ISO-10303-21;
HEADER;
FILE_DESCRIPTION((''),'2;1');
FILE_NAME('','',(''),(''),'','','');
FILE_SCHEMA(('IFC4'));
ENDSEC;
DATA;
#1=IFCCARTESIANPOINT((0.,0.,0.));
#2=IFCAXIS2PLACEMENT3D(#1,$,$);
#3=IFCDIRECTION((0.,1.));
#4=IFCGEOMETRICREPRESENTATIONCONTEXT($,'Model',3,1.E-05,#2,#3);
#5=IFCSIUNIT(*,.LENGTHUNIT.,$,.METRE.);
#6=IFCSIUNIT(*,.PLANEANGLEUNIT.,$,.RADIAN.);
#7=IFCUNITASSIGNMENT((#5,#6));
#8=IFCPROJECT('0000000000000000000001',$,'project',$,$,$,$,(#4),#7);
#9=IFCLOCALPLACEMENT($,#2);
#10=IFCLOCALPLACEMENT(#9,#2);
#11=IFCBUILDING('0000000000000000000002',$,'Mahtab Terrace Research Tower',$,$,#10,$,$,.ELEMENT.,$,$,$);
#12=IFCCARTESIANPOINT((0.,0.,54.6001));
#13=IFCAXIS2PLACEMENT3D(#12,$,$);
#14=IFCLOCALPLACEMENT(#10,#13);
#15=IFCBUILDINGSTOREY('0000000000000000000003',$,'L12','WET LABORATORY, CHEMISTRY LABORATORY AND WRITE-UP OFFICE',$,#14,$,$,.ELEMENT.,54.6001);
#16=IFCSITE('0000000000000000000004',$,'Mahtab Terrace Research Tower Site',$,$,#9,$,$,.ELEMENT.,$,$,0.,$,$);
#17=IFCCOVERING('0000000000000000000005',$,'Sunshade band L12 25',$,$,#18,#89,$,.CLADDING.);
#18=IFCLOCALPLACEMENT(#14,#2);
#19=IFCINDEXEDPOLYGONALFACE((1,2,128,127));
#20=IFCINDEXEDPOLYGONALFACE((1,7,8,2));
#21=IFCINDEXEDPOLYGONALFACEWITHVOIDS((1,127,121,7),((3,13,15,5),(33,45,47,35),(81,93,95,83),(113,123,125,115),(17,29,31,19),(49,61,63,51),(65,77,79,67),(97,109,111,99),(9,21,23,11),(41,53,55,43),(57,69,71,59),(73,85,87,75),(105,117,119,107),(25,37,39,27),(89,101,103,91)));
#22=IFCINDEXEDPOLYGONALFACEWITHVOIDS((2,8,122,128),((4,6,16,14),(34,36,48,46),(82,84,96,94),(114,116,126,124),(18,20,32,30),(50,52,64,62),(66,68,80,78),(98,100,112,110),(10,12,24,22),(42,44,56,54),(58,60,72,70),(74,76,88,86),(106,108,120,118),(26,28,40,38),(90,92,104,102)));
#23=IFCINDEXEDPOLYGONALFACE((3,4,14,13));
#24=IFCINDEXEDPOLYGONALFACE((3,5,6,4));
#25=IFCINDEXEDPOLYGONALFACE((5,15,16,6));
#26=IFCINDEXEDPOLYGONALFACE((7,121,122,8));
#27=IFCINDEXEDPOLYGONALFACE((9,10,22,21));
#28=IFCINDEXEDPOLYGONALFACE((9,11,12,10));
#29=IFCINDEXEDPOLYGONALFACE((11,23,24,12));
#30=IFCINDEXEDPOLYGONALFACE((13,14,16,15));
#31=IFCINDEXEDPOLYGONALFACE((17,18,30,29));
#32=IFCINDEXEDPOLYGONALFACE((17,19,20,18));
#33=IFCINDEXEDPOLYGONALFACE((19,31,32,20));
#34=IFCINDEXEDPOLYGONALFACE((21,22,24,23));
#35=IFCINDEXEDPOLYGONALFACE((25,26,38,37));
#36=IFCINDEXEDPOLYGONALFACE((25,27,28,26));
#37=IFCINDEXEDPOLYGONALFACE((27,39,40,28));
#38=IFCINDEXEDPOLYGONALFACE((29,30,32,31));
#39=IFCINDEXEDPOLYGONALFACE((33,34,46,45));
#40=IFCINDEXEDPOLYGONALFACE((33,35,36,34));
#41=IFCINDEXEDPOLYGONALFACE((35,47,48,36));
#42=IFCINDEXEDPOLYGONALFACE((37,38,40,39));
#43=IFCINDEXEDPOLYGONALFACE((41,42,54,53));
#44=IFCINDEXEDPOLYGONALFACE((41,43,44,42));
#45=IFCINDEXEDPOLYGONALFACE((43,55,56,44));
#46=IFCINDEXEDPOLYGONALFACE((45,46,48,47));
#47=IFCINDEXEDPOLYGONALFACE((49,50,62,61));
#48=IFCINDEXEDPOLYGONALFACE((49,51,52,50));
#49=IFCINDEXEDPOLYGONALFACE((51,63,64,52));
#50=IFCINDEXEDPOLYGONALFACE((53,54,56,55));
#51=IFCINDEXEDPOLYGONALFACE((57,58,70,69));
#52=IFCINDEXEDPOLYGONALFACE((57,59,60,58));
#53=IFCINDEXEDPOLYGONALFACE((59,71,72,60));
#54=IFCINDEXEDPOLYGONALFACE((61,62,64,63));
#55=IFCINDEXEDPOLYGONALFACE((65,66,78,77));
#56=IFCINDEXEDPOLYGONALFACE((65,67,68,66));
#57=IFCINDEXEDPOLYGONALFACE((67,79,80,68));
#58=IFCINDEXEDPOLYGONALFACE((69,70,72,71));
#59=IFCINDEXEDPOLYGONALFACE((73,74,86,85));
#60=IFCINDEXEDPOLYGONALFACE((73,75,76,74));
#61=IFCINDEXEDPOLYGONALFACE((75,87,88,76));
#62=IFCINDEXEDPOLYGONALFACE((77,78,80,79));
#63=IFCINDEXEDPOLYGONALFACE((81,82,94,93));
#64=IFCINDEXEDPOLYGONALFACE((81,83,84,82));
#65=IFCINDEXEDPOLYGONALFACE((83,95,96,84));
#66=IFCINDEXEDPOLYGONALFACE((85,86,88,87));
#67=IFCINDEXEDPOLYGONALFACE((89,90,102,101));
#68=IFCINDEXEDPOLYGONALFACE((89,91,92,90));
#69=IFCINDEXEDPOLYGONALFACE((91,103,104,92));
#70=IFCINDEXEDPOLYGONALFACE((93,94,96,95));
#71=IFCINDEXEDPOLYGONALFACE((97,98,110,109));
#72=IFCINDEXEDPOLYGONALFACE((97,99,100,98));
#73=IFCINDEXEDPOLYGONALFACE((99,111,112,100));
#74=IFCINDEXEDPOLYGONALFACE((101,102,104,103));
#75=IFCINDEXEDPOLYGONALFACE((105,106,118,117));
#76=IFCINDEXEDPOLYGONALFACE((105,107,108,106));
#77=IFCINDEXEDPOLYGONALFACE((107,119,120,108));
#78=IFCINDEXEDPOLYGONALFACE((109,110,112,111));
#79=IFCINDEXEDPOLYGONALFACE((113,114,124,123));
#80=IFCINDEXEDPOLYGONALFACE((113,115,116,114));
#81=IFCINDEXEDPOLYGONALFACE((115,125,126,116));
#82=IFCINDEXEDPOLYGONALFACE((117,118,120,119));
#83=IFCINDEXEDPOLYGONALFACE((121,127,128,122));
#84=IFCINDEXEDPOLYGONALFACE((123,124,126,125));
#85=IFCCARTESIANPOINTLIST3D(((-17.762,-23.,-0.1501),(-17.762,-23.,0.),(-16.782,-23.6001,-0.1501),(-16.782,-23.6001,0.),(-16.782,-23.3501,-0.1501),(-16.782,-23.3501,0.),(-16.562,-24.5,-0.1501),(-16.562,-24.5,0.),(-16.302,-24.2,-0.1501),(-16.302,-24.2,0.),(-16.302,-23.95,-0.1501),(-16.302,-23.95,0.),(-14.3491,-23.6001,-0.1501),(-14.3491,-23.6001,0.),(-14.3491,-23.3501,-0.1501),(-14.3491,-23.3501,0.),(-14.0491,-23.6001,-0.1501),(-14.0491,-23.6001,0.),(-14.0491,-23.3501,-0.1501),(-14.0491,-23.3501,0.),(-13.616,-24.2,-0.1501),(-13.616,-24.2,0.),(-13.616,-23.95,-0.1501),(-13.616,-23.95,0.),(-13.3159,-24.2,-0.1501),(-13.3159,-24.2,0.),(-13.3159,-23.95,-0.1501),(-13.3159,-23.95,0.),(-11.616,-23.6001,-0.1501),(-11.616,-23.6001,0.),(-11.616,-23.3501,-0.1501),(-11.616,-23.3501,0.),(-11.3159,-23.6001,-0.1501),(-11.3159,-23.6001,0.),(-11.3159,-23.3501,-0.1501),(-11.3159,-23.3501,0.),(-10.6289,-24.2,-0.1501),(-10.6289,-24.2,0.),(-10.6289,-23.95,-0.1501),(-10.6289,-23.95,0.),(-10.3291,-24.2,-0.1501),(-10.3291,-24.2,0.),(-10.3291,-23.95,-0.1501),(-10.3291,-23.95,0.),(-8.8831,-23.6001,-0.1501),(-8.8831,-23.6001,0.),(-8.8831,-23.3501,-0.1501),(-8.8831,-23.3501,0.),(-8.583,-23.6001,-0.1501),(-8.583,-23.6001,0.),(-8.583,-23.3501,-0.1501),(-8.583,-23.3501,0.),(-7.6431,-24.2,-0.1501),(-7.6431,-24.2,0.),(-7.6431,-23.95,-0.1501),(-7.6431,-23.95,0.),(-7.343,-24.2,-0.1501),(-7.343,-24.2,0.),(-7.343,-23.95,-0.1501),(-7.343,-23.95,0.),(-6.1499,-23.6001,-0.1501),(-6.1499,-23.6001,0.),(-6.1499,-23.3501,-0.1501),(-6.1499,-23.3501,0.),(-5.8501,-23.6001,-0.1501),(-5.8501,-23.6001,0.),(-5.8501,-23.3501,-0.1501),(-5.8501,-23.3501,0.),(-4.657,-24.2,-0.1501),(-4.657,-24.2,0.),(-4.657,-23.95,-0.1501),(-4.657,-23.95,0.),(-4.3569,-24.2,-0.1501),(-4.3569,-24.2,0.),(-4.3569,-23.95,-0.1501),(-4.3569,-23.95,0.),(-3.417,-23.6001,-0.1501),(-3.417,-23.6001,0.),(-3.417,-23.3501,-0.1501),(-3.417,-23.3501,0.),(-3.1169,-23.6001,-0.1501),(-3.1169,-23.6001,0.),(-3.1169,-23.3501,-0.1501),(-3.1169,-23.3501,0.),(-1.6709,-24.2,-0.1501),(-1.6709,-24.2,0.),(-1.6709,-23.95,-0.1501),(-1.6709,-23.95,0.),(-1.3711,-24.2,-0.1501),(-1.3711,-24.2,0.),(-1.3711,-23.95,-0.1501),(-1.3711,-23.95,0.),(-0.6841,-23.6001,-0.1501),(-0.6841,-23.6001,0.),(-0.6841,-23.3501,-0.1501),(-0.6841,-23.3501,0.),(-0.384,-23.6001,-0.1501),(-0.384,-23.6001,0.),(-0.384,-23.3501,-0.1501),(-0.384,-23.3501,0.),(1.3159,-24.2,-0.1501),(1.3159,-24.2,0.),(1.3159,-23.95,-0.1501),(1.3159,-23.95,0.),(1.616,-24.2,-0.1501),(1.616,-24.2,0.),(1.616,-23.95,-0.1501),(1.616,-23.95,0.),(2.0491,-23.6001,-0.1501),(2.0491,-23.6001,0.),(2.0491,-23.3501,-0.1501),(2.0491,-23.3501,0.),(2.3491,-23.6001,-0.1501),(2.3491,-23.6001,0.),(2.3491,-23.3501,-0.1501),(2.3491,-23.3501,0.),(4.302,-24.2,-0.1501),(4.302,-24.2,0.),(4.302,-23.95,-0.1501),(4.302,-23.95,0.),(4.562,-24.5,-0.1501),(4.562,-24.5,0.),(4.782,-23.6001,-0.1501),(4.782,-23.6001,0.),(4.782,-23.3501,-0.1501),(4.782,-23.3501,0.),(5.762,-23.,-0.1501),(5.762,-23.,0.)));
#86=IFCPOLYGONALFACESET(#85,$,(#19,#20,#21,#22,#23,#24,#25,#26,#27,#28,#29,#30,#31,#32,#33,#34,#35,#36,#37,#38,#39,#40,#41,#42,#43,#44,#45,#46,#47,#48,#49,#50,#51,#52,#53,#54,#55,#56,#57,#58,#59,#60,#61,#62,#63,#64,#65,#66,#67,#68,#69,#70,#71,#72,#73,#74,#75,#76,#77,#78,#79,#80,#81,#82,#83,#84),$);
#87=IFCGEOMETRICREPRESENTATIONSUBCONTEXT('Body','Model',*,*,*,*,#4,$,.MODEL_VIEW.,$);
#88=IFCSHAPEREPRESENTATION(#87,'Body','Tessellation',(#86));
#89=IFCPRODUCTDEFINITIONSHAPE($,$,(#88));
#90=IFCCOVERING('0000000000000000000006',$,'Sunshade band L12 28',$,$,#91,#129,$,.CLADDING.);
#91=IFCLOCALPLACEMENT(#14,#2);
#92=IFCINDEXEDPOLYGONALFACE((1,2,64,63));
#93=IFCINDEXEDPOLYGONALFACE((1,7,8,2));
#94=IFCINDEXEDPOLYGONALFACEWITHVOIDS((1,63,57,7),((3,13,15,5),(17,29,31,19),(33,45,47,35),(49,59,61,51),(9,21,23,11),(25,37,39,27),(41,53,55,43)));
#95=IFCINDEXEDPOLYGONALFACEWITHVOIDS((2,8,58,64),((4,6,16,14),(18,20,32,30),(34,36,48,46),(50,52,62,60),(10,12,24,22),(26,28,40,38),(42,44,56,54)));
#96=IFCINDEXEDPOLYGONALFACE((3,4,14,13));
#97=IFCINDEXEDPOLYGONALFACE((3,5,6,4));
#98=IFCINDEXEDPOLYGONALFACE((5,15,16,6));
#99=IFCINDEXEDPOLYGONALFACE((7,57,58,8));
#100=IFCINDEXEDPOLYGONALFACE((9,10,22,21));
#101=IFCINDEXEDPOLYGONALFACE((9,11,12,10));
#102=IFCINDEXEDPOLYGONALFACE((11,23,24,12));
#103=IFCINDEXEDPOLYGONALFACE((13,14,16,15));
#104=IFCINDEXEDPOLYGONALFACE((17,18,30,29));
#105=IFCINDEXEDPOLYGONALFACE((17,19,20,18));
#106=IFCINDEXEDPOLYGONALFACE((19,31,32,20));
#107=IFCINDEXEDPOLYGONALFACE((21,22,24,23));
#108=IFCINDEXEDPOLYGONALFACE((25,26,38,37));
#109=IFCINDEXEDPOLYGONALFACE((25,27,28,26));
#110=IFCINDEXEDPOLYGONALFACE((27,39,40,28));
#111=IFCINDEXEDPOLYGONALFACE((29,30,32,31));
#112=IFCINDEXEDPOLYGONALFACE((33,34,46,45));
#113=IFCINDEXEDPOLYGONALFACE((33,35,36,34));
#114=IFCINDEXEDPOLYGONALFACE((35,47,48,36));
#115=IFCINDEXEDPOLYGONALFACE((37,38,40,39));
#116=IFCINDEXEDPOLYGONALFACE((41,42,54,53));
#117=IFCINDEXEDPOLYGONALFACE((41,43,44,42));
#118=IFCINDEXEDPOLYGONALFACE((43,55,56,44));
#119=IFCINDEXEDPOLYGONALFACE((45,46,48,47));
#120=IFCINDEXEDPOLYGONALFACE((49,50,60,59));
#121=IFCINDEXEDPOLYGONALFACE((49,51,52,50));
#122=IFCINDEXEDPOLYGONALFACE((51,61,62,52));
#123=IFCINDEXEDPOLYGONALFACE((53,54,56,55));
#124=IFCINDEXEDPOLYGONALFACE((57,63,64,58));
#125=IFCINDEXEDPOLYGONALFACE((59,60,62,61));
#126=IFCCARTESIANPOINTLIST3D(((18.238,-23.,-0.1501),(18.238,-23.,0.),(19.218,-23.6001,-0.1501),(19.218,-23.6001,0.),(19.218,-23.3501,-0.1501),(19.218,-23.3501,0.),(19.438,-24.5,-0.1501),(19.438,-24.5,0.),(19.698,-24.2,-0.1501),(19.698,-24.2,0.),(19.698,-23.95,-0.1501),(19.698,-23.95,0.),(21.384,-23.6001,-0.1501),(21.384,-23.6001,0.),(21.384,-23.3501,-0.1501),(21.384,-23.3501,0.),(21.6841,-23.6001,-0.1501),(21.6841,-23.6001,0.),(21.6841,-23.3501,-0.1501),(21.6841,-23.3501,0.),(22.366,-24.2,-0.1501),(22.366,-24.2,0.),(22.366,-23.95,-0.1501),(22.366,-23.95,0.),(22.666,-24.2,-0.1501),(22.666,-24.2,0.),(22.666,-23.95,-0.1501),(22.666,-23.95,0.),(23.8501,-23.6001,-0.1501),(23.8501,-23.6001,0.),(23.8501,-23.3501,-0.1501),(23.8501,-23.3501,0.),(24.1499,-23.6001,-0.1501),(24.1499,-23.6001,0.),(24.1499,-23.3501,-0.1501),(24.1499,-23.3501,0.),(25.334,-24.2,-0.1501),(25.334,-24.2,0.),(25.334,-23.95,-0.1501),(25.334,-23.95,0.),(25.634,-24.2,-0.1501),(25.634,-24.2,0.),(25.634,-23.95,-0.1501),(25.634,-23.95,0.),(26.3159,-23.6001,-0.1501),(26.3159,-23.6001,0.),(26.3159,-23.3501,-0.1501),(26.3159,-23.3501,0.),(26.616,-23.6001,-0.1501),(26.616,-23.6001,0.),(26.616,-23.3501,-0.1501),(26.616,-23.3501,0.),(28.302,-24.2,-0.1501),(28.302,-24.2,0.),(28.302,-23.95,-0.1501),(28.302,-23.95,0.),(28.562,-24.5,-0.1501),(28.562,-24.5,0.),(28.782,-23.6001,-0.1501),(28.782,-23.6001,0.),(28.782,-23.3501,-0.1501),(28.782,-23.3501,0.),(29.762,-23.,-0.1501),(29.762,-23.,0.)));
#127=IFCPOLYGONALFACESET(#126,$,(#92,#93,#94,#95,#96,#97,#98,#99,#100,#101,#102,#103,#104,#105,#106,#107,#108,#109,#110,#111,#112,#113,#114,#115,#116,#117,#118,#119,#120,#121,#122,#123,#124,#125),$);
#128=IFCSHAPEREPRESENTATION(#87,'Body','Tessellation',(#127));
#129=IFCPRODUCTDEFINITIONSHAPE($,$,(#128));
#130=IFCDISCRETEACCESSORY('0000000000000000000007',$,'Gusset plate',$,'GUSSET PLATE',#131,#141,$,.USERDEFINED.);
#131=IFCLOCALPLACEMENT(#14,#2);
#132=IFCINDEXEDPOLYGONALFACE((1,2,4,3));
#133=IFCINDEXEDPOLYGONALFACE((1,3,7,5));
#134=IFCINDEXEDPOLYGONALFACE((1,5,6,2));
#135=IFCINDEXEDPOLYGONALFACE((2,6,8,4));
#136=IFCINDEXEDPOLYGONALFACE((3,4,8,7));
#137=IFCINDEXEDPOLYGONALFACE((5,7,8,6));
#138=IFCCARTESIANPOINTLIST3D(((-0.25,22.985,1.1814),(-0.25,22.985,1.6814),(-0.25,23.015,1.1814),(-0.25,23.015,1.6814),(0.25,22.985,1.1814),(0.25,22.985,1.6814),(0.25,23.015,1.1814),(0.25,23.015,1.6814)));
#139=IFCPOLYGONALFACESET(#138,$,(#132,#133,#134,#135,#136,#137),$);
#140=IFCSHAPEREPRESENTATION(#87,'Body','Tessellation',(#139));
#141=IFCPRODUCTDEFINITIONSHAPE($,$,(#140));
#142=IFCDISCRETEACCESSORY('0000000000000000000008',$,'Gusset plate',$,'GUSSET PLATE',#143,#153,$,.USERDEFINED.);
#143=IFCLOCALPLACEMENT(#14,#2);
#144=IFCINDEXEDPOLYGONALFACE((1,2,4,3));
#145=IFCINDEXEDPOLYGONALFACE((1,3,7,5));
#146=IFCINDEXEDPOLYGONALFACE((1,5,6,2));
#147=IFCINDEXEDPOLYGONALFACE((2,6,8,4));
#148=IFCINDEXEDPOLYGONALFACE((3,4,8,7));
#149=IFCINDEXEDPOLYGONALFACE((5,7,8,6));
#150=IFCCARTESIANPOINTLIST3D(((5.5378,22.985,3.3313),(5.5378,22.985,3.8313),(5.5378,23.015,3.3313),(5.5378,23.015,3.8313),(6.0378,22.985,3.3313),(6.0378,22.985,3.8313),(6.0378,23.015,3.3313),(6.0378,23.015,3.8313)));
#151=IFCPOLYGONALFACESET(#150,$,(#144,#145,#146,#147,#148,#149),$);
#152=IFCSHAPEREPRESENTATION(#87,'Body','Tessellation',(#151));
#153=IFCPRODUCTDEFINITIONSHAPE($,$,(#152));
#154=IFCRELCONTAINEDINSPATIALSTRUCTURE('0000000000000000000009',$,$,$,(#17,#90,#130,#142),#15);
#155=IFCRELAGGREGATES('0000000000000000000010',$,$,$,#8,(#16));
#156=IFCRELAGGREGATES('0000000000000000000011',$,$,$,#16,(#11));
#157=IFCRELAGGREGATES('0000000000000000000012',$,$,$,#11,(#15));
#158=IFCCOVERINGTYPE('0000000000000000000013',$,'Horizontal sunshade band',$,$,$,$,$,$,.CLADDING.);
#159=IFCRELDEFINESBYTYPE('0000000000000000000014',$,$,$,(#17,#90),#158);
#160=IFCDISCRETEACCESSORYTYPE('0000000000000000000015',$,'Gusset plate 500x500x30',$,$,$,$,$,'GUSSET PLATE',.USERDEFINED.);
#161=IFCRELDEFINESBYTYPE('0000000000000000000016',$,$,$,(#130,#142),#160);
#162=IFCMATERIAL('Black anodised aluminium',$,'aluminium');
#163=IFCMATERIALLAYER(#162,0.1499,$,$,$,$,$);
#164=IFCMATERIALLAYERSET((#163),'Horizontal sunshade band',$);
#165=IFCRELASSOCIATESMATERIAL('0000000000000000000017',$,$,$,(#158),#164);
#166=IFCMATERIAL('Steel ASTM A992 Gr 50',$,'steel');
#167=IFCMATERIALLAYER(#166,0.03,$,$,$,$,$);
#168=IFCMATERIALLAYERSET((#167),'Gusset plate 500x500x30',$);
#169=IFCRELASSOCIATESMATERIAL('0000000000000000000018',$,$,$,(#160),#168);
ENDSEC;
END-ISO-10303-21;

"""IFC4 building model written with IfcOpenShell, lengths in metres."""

from ifc_helpers import new_model, si_unit, direction, frame, origin, origin_2d, place, context, subcontext, project, spatial, polyline, rectangle, outline, extrude, material, layer, layer_set, type_object, element, save


model = new_model("IFC4")

# Units and contexts
model_context = context("Model", 3, precision=1e-05, world=origin(), true_north=direction((0.0, 1.0)))
body_context = subcontext(model_context, "Body", "Model", "MODEL_VIEW")
ifc_project = project(units=[si_unit("LENGTHUNIT", "METRE"), si_unit("PLANEANGLEUNIT", "RADIAN")], contexts=[model_context])

# Site, building, storey
site_placement = place(None, origin())
site = spatial("IfcSite", under=ifc_project, at=site_placement, Name="Mahtab Terrace Research Tower Site", CompositionType="ELEMENT", RefElevation=0.0)
building_placement = place(site_placement, origin())
building = spatial("IfcBuilding", under=site, at=building_placement, Name="Mahtab Terrace Research Tower", CompositionType="ELEMENT")
storey_placement = place(building_placement, frame((0.0, 0.0, 54.6001)))
storey = spatial("IfcBuildingStorey", under=building, at=storey_placement, Name="L12", Description="WET LABORATORY, CHEMISTRY LABORATORY AND WRITE-UP OFFICE", CompositionType="ELEMENT", Elevation=54.6001)

# Shared definitions
ifc_material_1 = material(Name="Steel ASTM A992 Gr 50", Category="steel")

# Coverings
ifc_material_2 = material(Name="Black anodised aluminium", Category="aluminium")
ifc_layer_1 = layer(ifc_material_2, 0.1499)
ifc_layer_set_1 = layer_set([ifc_layer_1], Name="Horizontal sunshade band")
covering_type_1 = type_object("IfcCoveringType", Name="Horizontal sunshade band", PredefinedType="CLADDING", material=ifc_layer_set_1)
covering_1_placement = place(storey_placement, frame((0.0, 0.0, -0.1501)))
element("IfcCovering", 1, at=covering_1_placement, inside=storey, type_object=covering_type_1, Name="Sunshade band L12 25", PredefinedType="CLADDING", context=body_context, shape_type="SweptSolid", body=[
    extrude(outline(polyline([(-17.762, -23.0), (5.762, -23.0), (4.562, -24.5), (-16.562, -24.5), (-17.762, -23.0)]), holes=[polyline([(-16.782, -23.3501), (-14.3491, -23.3501), (-14.3491, -23.6001), (-16.782, -23.6001), (-16.782, -23.3501)]), polyline([(-14.0491, -23.3501), (-11.616, -23.3501), (-11.616, -23.6001), (-14.0491, -23.6001), (-14.0491, -23.3501)]), polyline([(-11.3159, -23.3501), (-8.8831, -23.3501), (-8.8831, -23.6001), (-11.3159, -23.6001), (-11.3159, -23.3501)]), polyline([(-8.583, -23.3501), (-6.1499, -23.3501), (-6.1499, -23.6001), (-8.583, -23.6001), (-8.583, -23.3501)]), polyline([(-5.8501, -23.3501), (-3.417, -23.3501), (-3.417, -23.6001), (-5.8501, -23.6001), (-5.8501, -23.3501)]), polyline([(-3.1169, -23.3501), (-0.6841, -23.3501), (-0.6841, -23.6001), (-3.1169, -23.6001), (-3.1169, -23.3501)]), polyline([(-0.384, -23.3501), (2.0491, -23.3501), (2.0491, -23.6001), (-0.384, -23.6001), (-0.384, -23.3501)]), polyline([(2.3491, -23.3501), (4.782, -23.3501), (4.782, -23.6001), (2.3491, -23.6001), (2.3491, -23.3501)]), polyline([(-16.302, -23.95), (-13.616, -23.95), (-13.616, -24.2), (-16.302, -24.2), (-16.302, -23.95)]), polyline([(-13.3159, -23.95), (-10.6289, -23.95), (-10.6289, -24.2), (-13.3159, -24.2), (-13.3159, -23.95)]), polyline([(-10.3291, -23.95), (-7.6431, -23.95), (-7.6431, -24.2), (-10.3291, -24.2), (-10.3291, -23.95)]), polyline([(-7.343, -23.95), (-4.657, -23.95), (-4.657, -24.2), (-7.343, -24.2), (-7.343, -23.95)]), polyline([(-4.3569, -23.95), (-1.6709, -23.95), (-1.6709, -24.2), (-4.3569, -24.2), (-4.3569, -23.95)]), polyline([(-1.3711, -23.95), (1.3159, -23.95), (1.3159, -24.2), (-1.3711, -24.2), (-1.3711, -23.95)]), polyline([(1.616, -23.95), (4.302, -23.95), (4.302, -24.2), (1.616, -24.2), (1.616, -23.95)])]), origin(), (0.0, 0.0, 1.0), 0.1501),
])
covering_2_placement = place(storey_placement, frame((0.0, 0.0, -0.1501)))
element("IfcCovering", 2, at=covering_2_placement, inside=storey, type_object=covering_type_1, Name="Sunshade band L12 28", PredefinedType="CLADDING", context=body_context, shape_type="SweptSolid", body=[
    extrude(outline(polyline([(18.238, -23.0), (29.762, -23.0), (28.562, -24.5), (19.438, -24.5), (18.238, -23.0)]), holes=[polyline([(19.218, -23.3501), (21.384, -23.3501), (21.384, -23.6001), (19.218, -23.6001), (19.218, -23.3501)]), polyline([(21.6841, -23.3501), (23.8501, -23.3501), (23.8501, -23.6001), (21.6841, -23.6001), (21.6841, -23.3501)]), polyline([(24.1499, -23.3501), (26.3159, -23.3501), (26.3159, -23.6001), (24.1499, -23.6001), (24.1499, -23.3501)]), polyline([(26.616, -23.3501), (28.782, -23.3501), (28.782, -23.6001), (26.616, -23.6001), (26.616, -23.3501)]), polyline([(19.698, -23.95), (22.366, -23.95), (22.366, -24.2), (19.698, -24.2), (19.698, -23.95)]), polyline([(22.666, -23.95), (25.334, -23.95), (25.334, -24.2), (22.666, -24.2), (22.666, -23.95)]), polyline([(25.634, -23.95), (28.302, -23.95), (28.302, -24.2), (25.634, -24.2), (25.634, -23.95)])]), origin(), (0.0, 0.0, 1.0), 0.1501),
])

# Discrete accessories
ifc_layer_2 = layer(ifc_material_1, 0.03)
ifc_layer_set_2 = layer_set([ifc_layer_2], Name="Gusset plate 500x500x30")
discrete_accessory_type = type_object("IfcDiscreteAccessoryType", Name="Gusset plate 500x500x30", ElementType="GUSSET PLATE", PredefinedType="USERDEFINED", material=ifc_layer_set_2)
for number, where, z_axis, x_axis, name in (
    (3, (0.0, 23.0, 1.1814), (0.0, 0.0, 1.0), (1.0, 0.0, 0.0), "Gusset plate"),
    (4, (5.7878, 23.0, 3.3313), (0.0, 0.0, 1.0), (1.0, 0.0, 0.0), "Gusset plate"),
):
    element("IfcDiscreteAccessory", number, at=place(storey_placement, frame(where, z_axis=z_axis, x_axis=x_axis)), inside=storey, type_object=discrete_accessory_type, Name=name, ObjectType="GUSSET PLATE", PredefinedType="USERDEFINED", context=body_context, shape_type="SweptSolid", body=[
        extrude(rectangle(XDim=0.5, YDim=0.03, at=origin_2d()), origin(), (0.0, 0.0, 1.0), 0.5),
    ])

save(model, "model.ifc")
